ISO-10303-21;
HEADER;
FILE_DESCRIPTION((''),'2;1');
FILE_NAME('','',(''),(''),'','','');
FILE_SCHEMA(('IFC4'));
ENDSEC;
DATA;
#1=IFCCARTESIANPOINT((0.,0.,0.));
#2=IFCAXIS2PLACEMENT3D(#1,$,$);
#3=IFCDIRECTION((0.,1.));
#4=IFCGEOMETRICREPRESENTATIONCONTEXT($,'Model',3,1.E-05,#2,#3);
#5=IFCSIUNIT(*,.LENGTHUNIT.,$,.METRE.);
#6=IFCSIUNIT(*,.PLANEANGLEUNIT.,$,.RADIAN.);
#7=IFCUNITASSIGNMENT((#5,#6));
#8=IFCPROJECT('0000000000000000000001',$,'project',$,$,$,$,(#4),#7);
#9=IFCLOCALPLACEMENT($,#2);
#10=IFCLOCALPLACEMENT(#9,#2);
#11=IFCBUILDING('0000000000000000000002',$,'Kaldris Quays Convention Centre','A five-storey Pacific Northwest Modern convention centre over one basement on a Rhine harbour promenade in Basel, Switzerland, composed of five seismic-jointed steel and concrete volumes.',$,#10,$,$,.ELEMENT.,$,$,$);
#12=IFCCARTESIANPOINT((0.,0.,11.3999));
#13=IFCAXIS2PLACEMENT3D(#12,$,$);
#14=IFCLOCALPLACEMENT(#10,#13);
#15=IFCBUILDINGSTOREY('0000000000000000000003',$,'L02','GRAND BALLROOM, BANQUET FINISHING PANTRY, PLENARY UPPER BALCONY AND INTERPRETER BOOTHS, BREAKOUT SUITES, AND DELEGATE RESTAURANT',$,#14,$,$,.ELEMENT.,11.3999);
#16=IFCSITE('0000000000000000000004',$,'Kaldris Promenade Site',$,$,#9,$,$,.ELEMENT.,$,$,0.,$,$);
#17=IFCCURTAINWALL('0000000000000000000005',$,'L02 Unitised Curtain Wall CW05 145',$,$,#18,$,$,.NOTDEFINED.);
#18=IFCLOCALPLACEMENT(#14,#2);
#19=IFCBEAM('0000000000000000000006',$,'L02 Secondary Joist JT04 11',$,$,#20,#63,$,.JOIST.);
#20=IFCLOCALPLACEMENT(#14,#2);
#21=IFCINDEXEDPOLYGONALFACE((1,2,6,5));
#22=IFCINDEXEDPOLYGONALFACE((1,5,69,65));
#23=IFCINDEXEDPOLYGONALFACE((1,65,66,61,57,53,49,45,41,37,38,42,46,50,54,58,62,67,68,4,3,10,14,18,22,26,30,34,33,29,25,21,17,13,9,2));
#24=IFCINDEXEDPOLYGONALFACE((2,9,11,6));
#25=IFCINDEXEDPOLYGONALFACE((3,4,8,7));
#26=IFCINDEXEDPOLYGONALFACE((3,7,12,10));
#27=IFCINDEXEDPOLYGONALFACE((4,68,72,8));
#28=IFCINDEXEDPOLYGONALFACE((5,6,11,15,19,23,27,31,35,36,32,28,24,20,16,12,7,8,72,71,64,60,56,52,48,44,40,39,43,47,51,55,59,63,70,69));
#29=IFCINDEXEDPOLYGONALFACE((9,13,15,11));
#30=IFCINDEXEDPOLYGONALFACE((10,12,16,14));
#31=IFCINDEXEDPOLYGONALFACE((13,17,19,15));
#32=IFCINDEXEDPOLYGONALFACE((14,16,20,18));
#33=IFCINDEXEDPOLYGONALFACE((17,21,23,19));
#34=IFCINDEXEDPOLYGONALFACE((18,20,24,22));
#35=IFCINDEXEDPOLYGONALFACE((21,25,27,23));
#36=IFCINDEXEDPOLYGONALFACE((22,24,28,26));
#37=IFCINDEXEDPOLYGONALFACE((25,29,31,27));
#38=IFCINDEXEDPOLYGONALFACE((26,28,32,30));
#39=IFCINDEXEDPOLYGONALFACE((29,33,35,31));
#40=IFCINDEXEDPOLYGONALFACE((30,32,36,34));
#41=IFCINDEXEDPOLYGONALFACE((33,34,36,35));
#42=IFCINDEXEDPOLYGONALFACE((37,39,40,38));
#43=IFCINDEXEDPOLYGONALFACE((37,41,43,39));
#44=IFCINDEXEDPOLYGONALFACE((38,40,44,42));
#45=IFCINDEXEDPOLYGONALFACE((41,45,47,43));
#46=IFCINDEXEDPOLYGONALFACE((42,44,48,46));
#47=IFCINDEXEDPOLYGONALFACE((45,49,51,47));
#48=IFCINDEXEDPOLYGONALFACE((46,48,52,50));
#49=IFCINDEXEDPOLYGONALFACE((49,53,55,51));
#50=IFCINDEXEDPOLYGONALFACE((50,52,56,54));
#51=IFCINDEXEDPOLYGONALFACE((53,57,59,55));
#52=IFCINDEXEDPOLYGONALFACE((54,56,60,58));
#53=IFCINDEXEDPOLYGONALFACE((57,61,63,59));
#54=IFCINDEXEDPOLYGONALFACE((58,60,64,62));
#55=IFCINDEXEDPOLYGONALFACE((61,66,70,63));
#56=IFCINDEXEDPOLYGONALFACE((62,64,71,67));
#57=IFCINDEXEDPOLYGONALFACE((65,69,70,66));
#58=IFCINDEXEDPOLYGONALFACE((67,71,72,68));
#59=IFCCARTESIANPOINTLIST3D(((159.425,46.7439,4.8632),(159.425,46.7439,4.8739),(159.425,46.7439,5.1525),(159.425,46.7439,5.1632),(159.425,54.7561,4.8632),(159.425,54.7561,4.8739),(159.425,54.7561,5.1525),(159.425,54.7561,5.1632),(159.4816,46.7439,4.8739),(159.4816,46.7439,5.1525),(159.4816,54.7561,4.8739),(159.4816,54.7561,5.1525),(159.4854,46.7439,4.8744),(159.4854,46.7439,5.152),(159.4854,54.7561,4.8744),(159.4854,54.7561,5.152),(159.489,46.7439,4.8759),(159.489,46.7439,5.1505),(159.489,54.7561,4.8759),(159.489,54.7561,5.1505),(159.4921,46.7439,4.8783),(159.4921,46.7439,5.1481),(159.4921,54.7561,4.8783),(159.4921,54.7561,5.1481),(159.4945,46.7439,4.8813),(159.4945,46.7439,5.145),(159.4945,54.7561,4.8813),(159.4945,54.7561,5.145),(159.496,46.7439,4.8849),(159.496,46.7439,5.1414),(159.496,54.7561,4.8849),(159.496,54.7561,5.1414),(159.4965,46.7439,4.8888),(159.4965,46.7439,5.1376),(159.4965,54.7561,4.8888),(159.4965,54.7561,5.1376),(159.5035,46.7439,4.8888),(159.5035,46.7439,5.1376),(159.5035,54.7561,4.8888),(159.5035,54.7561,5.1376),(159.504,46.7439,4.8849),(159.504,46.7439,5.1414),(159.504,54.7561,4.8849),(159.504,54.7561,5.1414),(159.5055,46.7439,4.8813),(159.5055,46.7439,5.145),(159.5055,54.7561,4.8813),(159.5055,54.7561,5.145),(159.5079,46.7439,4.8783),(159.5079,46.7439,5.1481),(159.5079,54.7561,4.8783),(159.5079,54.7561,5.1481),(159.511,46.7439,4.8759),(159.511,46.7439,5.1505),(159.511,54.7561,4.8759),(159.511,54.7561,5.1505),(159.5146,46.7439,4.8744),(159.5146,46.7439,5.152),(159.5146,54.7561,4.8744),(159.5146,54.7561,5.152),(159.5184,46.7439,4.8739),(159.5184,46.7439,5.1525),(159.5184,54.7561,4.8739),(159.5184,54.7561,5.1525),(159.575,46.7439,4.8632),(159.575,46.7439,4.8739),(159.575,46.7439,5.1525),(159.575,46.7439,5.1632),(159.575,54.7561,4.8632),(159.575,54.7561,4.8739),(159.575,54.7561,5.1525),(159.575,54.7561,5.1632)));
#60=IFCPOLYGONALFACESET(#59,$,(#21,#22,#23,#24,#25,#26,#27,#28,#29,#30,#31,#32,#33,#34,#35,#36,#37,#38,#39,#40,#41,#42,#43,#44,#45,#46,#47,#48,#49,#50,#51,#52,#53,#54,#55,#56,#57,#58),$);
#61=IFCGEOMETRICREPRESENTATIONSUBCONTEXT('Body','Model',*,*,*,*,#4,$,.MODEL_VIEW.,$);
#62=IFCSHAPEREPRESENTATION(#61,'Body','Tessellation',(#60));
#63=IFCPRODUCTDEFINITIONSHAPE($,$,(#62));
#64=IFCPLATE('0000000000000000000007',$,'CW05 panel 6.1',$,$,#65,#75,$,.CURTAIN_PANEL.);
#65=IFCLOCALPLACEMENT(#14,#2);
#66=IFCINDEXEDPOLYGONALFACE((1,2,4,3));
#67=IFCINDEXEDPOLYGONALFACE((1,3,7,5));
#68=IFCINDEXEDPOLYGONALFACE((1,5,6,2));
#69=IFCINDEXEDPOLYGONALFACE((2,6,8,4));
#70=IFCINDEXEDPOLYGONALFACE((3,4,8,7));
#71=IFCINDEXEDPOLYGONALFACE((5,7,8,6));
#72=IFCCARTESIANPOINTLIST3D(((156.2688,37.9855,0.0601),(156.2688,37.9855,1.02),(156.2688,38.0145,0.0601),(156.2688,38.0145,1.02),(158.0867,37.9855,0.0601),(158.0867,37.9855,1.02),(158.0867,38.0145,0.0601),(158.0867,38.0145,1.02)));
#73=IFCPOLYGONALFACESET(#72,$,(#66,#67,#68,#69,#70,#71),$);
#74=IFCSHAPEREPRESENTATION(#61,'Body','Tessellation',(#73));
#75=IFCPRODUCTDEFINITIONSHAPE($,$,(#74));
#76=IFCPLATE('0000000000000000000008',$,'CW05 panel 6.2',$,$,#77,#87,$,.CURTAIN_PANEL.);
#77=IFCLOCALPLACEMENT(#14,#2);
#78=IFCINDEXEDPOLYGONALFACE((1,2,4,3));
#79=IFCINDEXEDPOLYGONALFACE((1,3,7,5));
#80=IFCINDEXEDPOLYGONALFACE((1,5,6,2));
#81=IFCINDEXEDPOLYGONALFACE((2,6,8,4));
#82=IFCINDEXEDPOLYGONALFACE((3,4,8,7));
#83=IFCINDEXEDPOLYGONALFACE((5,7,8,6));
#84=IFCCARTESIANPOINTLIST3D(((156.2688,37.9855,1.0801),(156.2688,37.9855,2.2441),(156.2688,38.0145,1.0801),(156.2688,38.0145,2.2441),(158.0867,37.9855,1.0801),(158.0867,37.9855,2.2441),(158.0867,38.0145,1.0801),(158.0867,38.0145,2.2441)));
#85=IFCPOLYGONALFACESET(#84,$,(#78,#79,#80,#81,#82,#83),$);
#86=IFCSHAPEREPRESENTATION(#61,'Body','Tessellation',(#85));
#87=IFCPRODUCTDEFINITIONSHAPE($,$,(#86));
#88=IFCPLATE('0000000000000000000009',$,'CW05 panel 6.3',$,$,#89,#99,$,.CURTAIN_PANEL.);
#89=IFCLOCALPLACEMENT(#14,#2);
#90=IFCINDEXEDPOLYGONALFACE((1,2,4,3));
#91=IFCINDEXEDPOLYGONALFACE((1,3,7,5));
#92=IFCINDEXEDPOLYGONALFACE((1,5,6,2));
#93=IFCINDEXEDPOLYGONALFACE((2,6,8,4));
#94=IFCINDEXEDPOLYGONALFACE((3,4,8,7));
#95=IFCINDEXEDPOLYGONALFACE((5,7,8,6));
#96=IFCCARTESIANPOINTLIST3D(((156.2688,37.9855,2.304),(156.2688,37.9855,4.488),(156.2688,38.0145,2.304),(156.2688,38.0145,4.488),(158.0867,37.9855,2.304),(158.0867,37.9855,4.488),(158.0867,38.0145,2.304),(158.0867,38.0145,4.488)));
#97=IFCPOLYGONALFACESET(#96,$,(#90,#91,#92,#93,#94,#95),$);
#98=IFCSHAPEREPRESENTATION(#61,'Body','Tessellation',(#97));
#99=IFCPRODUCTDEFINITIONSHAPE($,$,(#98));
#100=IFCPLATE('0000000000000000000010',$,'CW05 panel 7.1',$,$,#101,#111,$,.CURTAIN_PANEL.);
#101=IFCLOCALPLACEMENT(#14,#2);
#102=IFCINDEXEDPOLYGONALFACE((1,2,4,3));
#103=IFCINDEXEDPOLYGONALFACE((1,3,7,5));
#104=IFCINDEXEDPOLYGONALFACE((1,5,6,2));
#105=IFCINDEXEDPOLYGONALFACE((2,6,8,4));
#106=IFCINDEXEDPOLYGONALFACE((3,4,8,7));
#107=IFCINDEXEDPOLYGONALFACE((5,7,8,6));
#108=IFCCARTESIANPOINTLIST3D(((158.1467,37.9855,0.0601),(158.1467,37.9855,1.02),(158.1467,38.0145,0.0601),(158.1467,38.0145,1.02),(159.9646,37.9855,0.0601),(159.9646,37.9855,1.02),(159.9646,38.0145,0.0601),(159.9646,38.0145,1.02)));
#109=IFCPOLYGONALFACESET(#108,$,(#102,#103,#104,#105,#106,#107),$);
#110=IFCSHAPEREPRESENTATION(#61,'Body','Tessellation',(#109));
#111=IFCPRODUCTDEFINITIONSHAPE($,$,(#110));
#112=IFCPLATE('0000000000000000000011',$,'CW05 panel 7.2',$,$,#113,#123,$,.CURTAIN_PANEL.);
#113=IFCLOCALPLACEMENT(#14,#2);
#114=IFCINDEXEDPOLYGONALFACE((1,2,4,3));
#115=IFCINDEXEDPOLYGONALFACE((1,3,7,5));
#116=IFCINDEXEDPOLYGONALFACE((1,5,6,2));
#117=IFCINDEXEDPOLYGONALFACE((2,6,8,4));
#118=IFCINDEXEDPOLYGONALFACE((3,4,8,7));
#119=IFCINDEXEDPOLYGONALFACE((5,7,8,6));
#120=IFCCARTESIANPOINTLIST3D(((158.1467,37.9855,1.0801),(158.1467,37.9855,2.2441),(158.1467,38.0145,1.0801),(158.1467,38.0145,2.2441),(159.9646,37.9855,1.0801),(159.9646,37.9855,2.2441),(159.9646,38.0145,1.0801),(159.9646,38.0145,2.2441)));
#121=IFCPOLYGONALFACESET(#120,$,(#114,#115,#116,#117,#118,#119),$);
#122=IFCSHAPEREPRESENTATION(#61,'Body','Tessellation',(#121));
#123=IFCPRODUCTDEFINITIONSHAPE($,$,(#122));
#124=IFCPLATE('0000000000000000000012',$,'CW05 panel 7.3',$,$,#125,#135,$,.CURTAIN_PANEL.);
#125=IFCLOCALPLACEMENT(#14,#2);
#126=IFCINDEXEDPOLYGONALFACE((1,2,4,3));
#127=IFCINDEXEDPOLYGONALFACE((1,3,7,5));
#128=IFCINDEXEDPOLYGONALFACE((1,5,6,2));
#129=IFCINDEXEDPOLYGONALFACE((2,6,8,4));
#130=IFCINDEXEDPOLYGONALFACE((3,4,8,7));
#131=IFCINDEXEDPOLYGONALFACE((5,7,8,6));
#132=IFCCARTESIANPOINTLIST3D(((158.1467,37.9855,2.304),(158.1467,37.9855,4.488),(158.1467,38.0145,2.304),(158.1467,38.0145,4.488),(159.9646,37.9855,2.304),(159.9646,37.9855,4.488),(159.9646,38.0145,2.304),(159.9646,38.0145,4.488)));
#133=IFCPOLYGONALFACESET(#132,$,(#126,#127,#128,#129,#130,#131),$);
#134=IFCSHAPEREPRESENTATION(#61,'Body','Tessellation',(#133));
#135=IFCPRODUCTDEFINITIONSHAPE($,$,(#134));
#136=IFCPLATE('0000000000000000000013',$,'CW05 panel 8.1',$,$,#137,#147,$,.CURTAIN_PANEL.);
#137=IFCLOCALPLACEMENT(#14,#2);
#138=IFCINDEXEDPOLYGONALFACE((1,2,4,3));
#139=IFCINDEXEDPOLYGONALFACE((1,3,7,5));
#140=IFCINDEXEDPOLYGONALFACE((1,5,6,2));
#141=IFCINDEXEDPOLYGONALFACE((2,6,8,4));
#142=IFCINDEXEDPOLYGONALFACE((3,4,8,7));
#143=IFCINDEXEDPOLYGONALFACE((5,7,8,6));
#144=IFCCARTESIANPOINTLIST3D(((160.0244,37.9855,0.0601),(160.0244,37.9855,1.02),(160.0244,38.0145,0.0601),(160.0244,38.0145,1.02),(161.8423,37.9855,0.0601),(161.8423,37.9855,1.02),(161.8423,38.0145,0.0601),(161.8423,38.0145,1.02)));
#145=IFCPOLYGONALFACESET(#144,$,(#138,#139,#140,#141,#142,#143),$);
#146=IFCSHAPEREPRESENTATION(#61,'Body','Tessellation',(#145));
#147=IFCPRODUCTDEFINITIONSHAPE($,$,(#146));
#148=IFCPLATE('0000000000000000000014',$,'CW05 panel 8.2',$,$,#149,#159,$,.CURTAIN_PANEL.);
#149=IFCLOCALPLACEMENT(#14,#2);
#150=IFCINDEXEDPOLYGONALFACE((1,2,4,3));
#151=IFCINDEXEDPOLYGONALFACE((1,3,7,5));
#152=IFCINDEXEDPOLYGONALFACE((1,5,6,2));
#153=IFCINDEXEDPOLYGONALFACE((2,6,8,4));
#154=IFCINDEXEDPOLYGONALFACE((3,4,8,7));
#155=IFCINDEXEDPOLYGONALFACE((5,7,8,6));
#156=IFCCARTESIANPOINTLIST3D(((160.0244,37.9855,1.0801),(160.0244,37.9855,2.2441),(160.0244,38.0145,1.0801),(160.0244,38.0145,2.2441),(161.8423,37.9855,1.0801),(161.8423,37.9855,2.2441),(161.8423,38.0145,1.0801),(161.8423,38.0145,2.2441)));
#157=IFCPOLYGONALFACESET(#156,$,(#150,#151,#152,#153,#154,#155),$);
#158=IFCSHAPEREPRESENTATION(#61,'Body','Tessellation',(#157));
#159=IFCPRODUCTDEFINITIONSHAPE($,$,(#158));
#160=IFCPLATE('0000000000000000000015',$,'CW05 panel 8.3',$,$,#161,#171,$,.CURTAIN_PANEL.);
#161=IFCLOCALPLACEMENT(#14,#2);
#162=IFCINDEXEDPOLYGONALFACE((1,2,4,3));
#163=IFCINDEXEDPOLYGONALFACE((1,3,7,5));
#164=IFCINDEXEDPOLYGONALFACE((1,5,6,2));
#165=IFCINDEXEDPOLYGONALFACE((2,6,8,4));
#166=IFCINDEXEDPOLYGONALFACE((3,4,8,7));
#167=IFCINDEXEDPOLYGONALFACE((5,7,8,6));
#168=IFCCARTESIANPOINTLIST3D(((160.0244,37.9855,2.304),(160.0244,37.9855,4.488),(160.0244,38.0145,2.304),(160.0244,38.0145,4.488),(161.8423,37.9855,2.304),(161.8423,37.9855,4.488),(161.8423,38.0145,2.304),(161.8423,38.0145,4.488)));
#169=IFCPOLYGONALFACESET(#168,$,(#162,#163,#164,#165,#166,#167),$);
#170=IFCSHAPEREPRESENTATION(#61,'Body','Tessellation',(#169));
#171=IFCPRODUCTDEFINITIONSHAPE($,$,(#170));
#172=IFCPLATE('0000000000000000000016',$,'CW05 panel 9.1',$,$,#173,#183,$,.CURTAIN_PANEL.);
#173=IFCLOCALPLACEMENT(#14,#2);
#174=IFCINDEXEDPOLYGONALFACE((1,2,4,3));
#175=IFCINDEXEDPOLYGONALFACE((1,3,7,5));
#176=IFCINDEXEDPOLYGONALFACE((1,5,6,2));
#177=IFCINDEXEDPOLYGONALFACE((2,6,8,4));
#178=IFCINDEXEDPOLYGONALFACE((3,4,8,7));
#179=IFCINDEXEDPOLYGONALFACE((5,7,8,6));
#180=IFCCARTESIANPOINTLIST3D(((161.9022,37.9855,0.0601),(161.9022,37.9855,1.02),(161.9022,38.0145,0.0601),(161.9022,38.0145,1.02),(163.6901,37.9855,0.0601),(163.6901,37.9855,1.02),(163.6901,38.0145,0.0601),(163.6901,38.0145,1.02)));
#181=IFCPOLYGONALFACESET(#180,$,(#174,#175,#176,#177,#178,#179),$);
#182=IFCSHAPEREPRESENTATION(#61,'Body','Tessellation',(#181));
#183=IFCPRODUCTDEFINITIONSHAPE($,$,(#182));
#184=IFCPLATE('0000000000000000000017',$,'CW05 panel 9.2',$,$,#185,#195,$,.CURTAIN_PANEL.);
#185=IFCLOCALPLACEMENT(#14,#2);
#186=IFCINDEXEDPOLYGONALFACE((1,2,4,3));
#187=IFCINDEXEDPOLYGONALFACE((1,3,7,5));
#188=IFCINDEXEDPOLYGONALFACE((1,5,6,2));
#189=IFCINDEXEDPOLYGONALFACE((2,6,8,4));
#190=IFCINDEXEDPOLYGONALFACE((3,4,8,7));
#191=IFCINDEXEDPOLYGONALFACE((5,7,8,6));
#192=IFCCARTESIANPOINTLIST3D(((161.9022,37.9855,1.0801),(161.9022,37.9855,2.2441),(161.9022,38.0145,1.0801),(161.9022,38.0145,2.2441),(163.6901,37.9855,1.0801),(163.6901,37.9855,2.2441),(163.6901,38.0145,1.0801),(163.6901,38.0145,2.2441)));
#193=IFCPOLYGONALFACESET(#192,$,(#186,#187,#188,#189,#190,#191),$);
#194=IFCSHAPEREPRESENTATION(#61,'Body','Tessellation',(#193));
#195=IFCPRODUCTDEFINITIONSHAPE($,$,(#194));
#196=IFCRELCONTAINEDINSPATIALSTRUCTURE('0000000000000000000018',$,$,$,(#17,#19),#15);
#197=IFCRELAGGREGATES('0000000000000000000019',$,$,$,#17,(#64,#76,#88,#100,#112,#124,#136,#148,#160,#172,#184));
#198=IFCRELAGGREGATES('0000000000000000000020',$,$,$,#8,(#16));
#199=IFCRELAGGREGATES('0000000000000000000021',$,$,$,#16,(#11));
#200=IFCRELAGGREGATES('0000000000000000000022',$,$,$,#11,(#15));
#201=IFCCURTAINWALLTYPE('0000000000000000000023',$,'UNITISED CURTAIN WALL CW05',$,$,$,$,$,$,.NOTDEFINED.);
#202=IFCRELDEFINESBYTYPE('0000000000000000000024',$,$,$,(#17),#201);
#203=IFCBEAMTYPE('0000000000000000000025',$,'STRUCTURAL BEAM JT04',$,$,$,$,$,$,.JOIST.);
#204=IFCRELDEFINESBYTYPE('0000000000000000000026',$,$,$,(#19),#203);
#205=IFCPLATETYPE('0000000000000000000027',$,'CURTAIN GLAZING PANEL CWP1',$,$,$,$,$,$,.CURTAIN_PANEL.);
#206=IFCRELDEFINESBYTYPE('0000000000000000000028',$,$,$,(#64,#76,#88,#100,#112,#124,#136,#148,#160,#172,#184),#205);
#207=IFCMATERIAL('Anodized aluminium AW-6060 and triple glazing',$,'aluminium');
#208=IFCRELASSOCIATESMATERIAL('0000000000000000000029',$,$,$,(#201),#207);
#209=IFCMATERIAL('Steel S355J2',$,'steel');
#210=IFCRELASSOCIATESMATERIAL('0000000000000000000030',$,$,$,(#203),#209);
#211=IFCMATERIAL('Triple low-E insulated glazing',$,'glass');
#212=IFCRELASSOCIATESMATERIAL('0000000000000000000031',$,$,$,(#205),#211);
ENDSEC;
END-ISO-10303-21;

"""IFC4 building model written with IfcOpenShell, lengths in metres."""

from ifc_helpers import new_model, si_unit, direction, frame, origin, origin_2d, place, context, subcontext, project, spatial, rectangle, i_section, extrude, material, material_profile, profile_set, type_object, element, aggregate, save


model = new_model("IFC4")

# Units and contexts
model_context = context("Model", 3, precision=1e-05, world=origin(), true_north=direction((0.0, 1.0)))
body_context = subcontext(model_context, "Body", "Model", "MODEL_VIEW")
ifc_project = project(units=[si_unit("LENGTHUNIT", "METRE"), si_unit("PLANEANGLEUNIT", "RADIAN")], contexts=[model_context])

# Site, building, storey
site_placement = place(None, origin())
site = spatial("IfcSite", under=ifc_project, at=site_placement, Name="Kaldris Promenade Site", CompositionType="ELEMENT", RefElevation=0.0)
building_placement = place(site_placement, origin())
building = spatial("IfcBuilding", under=site, at=building_placement, Name="Kaldris Quays Convention Centre", Description="A five-storey Pacific Northwest Modern convention centre over one basement on a Rhine harbour promenade in Basel, Switzerland, composed of five seismic-jointed steel and concrete volumes.", CompositionType="ELEMENT")
storey_placement = place(building_placement, frame((0.0, 0.0, 11.3999)))
storey = spatial("IfcBuildingStorey", under=building, at=storey_placement, Name="L02", Description="GRAND BALLROOM, BANQUET FINISHING PANTRY, PLENARY UPPER BALCONY AND INTERPRETER BOOTHS, BREAKOUT SUITES, AND DELEGATE RESTAURANT", CompositionType="ELEMENT", Elevation=11.3999)

# Curtain wall
ifc_material_1 = material(Name="Anodized aluminium AW-6060 and triple glazing", Category="aluminium")
curtain_wall_type = type_object("IfcCurtainWallType", Name="UNITISED CURTAIN WALL CW05", PredefinedType="NOTDEFINED", material=ifc_material_1)
curtain_wall_placement = place(storey_placement, origin())
curtain_wall = element("IfcCurtainWall", 1, at=curtain_wall_placement, inside=storey, type_object=curtain_wall_type, Name="L02 Unitised Curtain Wall CW05 145", PredefinedType="NOTDEFINED")

# Beam
ifc_material_2 = material(Name="Steel S355J2", Category="steel")
ifc_material_profile_1 = material_profile(ifc_material_2, i_section(OverallWidth=0.1499, OverallDepth=0.3, WebThickness=0.0071, FlangeThickness=0.0107, FilletRadius=0.0149, at=origin_2d()), Name="IPE 300")
ifc_profile_set_1 = profile_set([ifc_material_profile_1], Name="Steel S355J2")
beam_type = type_object("IfcBeamType", Name="STRUCTURAL BEAM JT04", PredefinedType="JOIST", material=ifc_profile_set_1)
beam_1_placement = place(storey_placement, frame((159.5, 46.7439, 5.0132), z_axis=(0.0, 1.0, 0.0), x_axis=(-1.0, 0.0, 0.0)))
element("IfcBeam", 2, at=beam_1_placement, inside=storey, type_object=beam_type, Name="L02 Secondary Joist JT04 11", PredefinedType="JOIST", context=body_context, shape_type="SweptSolid", body=[
    extrude(i_section(OverallWidth=0.1499, OverallDepth=0.3, WebThickness=0.0071, FlangeThickness=0.0107, FilletRadius=0.0149, at=origin_2d()), origin(), (0.0, 0.0, 1.0), 8.0122),
])

# Plates
ifc_material_3 = material(Name="Triple low-E insulated glazing", Category="glass")
plate_type = type_object("IfcPlateType", Name="CURTAIN GLAZING PANEL CWP1", PredefinedType="CURTAIN_PANEL", material=ifc_material_3)
plate_1_placement = place(storey_placement, frame((157.1777, 38.0, 0.0601), z_axis=(0.0, 0.0, 1.0), x_axis=(1.0, 0.0, 0.0)))
plate_1 = element("IfcPlate", 3, at=plate_1_placement, type_object=plate_type, Name="CW05 panel 6.1", PredefinedType="CURTAIN_PANEL", context=body_context, shape_type="SweptSolid", body=[
    extrude(rectangle(XDim=1.8179, YDim=0.0291, at=origin_2d()), origin(), (0.0, 0.0, 1.0), 0.96),
])
plate_2_placement = place(storey_placement, frame((157.1777, 38.0, 1.0801), z_axis=(0.0, 0.0, 1.0), x_axis=(1.0, 0.0, 0.0)))
plate_2 = element("IfcPlate", 4, at=plate_2_placement, type_object=plate_type, Name="CW05 panel 6.2", PredefinedType="CURTAIN_PANEL", context=body_context, shape_type="SweptSolid", body=[
    extrude(rectangle(XDim=1.8179, YDim=0.0291, at=origin_2d()), origin(), (0.0, 0.0, 1.0), 1.1641),
])
plate_3_placement = place(storey_placement, frame((157.1777, 38.0, 2.304), z_axis=(0.0, 0.0, 1.0), x_axis=(1.0, 0.0, 0.0)))
plate_3 = element("IfcPlate", 5, at=plate_3_placement, type_object=plate_type, Name="CW05 panel 6.3", PredefinedType="CURTAIN_PANEL", context=body_context, shape_type="SweptSolid", body=[
    extrude(rectangle(XDim=1.8179, YDim=0.0291, at=origin_2d()), origin(), (0.0, 0.0, 1.0), 2.1841),
])
plate_4_placement = place(storey_placement, frame((159.0557, 38.0, 0.0601), z_axis=(0.0, 0.0, 1.0), x_axis=(1.0, 0.0, 0.0)))
plate_4 = element("IfcPlate", 6, at=plate_4_placement, type_object=plate_type, Name="CW05 panel 7.1", PredefinedType="CURTAIN_PANEL", context=body_context, shape_type="SweptSolid", body=[
    extrude(rectangle(XDim=1.8179, YDim=0.0291, at=origin_2d()), origin(), (0.0, 0.0, 1.0), 0.96),
])
plate_5_placement = place(storey_placement, frame((159.0557, 38.0, 1.0801), z_axis=(0.0, 0.0, 1.0), x_axis=(1.0, 0.0, 0.0)))
plate_5 = element("IfcPlate", 7, at=plate_5_placement, type_object=plate_type, Name="CW05 panel 7.2", PredefinedType="CURTAIN_PANEL", context=body_context, shape_type="SweptSolid", body=[
    extrude(rectangle(XDim=1.8179, YDim=0.0291, at=origin_2d()), origin(), (0.0, 0.0, 1.0), 1.1641),
])
plate_6_placement = place(storey_placement, frame((159.0557, 38.0, 2.304), z_axis=(0.0, 0.0, 1.0), x_axis=(1.0, 0.0, 0.0)))
plate_6 = element("IfcPlate", 8, at=plate_6_placement, type_object=plate_type, Name="CW05 panel 7.3", PredefinedType="CURTAIN_PANEL", context=body_context, shape_type="SweptSolid", body=[
    extrude(rectangle(XDim=1.8179, YDim=0.0291, at=origin_2d()), origin(), (0.0, 0.0, 1.0), 2.1841),
])
plate_7_placement = place(storey_placement, frame((160.9333, 38.0, 0.0601), z_axis=(0.0, 0.0, 1.0), x_axis=(1.0, 0.0, 0.0)))
plate_7 = element("IfcPlate", 9, at=plate_7_placement, type_object=plate_type, Name="CW05 panel 8.1", PredefinedType="CURTAIN_PANEL", context=body_context, shape_type="SweptSolid", body=[
    extrude(rectangle(XDim=1.8179, YDim=0.0291, at=origin_2d()), origin(), (0.0, 0.0, 1.0), 0.96),
])
plate_8_placement = place(storey_placement, frame((160.9333, 38.0, 1.0801), z_axis=(0.0, 0.0, 1.0), x_axis=(1.0, 0.0, 0.0)))
plate_8 = element("IfcPlate", 10, at=plate_8_placement, type_object=plate_type, Name="CW05 panel 8.2", PredefinedType="CURTAIN_PANEL", context=body_context, shape_type="SweptSolid", body=[
    extrude(rectangle(XDim=1.8179, YDim=0.0291, at=origin_2d()), origin(), (0.0, 0.0, 1.0), 1.1641),
])
plate_9_placement = place(storey_placement, frame((160.9333, 38.0, 2.304), z_axis=(0.0, 0.0, 1.0), x_axis=(1.0, 0.0, 0.0)))
plate_9 = element("IfcPlate", 11, at=plate_9_placement, type_object=plate_type, Name="CW05 panel 8.3", PredefinedType="CURTAIN_PANEL", context=body_context, shape_type="SweptSolid", body=[
    extrude(rectangle(XDim=1.8179, YDim=0.0291, at=origin_2d()), origin(), (0.0, 0.0, 1.0), 2.1841),
])
plate_10_placement = place(storey_placement, frame((162.7961, 38.0, 0.0601), z_axis=(0.0, 0.0, 1.0), x_axis=(1.0, 0.0, 0.0)))
plate_10 = element("IfcPlate", 12, at=plate_10_placement, type_object=plate_type, Name="CW05 panel 9.1", PredefinedType="CURTAIN_PANEL", context=body_context, shape_type="SweptSolid", body=[
    extrude(rectangle(XDim=1.7878, YDim=0.0291, at=origin_2d()), origin(), (0.0, 0.0, 1.0), 0.96),
])
plate_11_placement = place(storey_placement, frame((162.7961, 38.0, 1.0801), z_axis=(0.0, 0.0, 1.0), x_axis=(1.0, 0.0, 0.0)))
plate_11 = element("IfcPlate", 13, at=plate_11_placement, type_object=plate_type, Name="CW05 panel 9.2", PredefinedType="CURTAIN_PANEL", context=body_context, shape_type="SweptSolid", body=[
    extrude(rectangle(XDim=1.7878, YDim=0.0291, at=origin_2d()), origin(), (0.0, 0.0, 1.0), 1.1641),
])
aggregate(curtain_wall, [plate_1, plate_2, plate_3, plate_4, plate_5, plate_6, plate_7, plate_8, plate_9, plate_10, plate_11])

save(model, "model.ifc")
